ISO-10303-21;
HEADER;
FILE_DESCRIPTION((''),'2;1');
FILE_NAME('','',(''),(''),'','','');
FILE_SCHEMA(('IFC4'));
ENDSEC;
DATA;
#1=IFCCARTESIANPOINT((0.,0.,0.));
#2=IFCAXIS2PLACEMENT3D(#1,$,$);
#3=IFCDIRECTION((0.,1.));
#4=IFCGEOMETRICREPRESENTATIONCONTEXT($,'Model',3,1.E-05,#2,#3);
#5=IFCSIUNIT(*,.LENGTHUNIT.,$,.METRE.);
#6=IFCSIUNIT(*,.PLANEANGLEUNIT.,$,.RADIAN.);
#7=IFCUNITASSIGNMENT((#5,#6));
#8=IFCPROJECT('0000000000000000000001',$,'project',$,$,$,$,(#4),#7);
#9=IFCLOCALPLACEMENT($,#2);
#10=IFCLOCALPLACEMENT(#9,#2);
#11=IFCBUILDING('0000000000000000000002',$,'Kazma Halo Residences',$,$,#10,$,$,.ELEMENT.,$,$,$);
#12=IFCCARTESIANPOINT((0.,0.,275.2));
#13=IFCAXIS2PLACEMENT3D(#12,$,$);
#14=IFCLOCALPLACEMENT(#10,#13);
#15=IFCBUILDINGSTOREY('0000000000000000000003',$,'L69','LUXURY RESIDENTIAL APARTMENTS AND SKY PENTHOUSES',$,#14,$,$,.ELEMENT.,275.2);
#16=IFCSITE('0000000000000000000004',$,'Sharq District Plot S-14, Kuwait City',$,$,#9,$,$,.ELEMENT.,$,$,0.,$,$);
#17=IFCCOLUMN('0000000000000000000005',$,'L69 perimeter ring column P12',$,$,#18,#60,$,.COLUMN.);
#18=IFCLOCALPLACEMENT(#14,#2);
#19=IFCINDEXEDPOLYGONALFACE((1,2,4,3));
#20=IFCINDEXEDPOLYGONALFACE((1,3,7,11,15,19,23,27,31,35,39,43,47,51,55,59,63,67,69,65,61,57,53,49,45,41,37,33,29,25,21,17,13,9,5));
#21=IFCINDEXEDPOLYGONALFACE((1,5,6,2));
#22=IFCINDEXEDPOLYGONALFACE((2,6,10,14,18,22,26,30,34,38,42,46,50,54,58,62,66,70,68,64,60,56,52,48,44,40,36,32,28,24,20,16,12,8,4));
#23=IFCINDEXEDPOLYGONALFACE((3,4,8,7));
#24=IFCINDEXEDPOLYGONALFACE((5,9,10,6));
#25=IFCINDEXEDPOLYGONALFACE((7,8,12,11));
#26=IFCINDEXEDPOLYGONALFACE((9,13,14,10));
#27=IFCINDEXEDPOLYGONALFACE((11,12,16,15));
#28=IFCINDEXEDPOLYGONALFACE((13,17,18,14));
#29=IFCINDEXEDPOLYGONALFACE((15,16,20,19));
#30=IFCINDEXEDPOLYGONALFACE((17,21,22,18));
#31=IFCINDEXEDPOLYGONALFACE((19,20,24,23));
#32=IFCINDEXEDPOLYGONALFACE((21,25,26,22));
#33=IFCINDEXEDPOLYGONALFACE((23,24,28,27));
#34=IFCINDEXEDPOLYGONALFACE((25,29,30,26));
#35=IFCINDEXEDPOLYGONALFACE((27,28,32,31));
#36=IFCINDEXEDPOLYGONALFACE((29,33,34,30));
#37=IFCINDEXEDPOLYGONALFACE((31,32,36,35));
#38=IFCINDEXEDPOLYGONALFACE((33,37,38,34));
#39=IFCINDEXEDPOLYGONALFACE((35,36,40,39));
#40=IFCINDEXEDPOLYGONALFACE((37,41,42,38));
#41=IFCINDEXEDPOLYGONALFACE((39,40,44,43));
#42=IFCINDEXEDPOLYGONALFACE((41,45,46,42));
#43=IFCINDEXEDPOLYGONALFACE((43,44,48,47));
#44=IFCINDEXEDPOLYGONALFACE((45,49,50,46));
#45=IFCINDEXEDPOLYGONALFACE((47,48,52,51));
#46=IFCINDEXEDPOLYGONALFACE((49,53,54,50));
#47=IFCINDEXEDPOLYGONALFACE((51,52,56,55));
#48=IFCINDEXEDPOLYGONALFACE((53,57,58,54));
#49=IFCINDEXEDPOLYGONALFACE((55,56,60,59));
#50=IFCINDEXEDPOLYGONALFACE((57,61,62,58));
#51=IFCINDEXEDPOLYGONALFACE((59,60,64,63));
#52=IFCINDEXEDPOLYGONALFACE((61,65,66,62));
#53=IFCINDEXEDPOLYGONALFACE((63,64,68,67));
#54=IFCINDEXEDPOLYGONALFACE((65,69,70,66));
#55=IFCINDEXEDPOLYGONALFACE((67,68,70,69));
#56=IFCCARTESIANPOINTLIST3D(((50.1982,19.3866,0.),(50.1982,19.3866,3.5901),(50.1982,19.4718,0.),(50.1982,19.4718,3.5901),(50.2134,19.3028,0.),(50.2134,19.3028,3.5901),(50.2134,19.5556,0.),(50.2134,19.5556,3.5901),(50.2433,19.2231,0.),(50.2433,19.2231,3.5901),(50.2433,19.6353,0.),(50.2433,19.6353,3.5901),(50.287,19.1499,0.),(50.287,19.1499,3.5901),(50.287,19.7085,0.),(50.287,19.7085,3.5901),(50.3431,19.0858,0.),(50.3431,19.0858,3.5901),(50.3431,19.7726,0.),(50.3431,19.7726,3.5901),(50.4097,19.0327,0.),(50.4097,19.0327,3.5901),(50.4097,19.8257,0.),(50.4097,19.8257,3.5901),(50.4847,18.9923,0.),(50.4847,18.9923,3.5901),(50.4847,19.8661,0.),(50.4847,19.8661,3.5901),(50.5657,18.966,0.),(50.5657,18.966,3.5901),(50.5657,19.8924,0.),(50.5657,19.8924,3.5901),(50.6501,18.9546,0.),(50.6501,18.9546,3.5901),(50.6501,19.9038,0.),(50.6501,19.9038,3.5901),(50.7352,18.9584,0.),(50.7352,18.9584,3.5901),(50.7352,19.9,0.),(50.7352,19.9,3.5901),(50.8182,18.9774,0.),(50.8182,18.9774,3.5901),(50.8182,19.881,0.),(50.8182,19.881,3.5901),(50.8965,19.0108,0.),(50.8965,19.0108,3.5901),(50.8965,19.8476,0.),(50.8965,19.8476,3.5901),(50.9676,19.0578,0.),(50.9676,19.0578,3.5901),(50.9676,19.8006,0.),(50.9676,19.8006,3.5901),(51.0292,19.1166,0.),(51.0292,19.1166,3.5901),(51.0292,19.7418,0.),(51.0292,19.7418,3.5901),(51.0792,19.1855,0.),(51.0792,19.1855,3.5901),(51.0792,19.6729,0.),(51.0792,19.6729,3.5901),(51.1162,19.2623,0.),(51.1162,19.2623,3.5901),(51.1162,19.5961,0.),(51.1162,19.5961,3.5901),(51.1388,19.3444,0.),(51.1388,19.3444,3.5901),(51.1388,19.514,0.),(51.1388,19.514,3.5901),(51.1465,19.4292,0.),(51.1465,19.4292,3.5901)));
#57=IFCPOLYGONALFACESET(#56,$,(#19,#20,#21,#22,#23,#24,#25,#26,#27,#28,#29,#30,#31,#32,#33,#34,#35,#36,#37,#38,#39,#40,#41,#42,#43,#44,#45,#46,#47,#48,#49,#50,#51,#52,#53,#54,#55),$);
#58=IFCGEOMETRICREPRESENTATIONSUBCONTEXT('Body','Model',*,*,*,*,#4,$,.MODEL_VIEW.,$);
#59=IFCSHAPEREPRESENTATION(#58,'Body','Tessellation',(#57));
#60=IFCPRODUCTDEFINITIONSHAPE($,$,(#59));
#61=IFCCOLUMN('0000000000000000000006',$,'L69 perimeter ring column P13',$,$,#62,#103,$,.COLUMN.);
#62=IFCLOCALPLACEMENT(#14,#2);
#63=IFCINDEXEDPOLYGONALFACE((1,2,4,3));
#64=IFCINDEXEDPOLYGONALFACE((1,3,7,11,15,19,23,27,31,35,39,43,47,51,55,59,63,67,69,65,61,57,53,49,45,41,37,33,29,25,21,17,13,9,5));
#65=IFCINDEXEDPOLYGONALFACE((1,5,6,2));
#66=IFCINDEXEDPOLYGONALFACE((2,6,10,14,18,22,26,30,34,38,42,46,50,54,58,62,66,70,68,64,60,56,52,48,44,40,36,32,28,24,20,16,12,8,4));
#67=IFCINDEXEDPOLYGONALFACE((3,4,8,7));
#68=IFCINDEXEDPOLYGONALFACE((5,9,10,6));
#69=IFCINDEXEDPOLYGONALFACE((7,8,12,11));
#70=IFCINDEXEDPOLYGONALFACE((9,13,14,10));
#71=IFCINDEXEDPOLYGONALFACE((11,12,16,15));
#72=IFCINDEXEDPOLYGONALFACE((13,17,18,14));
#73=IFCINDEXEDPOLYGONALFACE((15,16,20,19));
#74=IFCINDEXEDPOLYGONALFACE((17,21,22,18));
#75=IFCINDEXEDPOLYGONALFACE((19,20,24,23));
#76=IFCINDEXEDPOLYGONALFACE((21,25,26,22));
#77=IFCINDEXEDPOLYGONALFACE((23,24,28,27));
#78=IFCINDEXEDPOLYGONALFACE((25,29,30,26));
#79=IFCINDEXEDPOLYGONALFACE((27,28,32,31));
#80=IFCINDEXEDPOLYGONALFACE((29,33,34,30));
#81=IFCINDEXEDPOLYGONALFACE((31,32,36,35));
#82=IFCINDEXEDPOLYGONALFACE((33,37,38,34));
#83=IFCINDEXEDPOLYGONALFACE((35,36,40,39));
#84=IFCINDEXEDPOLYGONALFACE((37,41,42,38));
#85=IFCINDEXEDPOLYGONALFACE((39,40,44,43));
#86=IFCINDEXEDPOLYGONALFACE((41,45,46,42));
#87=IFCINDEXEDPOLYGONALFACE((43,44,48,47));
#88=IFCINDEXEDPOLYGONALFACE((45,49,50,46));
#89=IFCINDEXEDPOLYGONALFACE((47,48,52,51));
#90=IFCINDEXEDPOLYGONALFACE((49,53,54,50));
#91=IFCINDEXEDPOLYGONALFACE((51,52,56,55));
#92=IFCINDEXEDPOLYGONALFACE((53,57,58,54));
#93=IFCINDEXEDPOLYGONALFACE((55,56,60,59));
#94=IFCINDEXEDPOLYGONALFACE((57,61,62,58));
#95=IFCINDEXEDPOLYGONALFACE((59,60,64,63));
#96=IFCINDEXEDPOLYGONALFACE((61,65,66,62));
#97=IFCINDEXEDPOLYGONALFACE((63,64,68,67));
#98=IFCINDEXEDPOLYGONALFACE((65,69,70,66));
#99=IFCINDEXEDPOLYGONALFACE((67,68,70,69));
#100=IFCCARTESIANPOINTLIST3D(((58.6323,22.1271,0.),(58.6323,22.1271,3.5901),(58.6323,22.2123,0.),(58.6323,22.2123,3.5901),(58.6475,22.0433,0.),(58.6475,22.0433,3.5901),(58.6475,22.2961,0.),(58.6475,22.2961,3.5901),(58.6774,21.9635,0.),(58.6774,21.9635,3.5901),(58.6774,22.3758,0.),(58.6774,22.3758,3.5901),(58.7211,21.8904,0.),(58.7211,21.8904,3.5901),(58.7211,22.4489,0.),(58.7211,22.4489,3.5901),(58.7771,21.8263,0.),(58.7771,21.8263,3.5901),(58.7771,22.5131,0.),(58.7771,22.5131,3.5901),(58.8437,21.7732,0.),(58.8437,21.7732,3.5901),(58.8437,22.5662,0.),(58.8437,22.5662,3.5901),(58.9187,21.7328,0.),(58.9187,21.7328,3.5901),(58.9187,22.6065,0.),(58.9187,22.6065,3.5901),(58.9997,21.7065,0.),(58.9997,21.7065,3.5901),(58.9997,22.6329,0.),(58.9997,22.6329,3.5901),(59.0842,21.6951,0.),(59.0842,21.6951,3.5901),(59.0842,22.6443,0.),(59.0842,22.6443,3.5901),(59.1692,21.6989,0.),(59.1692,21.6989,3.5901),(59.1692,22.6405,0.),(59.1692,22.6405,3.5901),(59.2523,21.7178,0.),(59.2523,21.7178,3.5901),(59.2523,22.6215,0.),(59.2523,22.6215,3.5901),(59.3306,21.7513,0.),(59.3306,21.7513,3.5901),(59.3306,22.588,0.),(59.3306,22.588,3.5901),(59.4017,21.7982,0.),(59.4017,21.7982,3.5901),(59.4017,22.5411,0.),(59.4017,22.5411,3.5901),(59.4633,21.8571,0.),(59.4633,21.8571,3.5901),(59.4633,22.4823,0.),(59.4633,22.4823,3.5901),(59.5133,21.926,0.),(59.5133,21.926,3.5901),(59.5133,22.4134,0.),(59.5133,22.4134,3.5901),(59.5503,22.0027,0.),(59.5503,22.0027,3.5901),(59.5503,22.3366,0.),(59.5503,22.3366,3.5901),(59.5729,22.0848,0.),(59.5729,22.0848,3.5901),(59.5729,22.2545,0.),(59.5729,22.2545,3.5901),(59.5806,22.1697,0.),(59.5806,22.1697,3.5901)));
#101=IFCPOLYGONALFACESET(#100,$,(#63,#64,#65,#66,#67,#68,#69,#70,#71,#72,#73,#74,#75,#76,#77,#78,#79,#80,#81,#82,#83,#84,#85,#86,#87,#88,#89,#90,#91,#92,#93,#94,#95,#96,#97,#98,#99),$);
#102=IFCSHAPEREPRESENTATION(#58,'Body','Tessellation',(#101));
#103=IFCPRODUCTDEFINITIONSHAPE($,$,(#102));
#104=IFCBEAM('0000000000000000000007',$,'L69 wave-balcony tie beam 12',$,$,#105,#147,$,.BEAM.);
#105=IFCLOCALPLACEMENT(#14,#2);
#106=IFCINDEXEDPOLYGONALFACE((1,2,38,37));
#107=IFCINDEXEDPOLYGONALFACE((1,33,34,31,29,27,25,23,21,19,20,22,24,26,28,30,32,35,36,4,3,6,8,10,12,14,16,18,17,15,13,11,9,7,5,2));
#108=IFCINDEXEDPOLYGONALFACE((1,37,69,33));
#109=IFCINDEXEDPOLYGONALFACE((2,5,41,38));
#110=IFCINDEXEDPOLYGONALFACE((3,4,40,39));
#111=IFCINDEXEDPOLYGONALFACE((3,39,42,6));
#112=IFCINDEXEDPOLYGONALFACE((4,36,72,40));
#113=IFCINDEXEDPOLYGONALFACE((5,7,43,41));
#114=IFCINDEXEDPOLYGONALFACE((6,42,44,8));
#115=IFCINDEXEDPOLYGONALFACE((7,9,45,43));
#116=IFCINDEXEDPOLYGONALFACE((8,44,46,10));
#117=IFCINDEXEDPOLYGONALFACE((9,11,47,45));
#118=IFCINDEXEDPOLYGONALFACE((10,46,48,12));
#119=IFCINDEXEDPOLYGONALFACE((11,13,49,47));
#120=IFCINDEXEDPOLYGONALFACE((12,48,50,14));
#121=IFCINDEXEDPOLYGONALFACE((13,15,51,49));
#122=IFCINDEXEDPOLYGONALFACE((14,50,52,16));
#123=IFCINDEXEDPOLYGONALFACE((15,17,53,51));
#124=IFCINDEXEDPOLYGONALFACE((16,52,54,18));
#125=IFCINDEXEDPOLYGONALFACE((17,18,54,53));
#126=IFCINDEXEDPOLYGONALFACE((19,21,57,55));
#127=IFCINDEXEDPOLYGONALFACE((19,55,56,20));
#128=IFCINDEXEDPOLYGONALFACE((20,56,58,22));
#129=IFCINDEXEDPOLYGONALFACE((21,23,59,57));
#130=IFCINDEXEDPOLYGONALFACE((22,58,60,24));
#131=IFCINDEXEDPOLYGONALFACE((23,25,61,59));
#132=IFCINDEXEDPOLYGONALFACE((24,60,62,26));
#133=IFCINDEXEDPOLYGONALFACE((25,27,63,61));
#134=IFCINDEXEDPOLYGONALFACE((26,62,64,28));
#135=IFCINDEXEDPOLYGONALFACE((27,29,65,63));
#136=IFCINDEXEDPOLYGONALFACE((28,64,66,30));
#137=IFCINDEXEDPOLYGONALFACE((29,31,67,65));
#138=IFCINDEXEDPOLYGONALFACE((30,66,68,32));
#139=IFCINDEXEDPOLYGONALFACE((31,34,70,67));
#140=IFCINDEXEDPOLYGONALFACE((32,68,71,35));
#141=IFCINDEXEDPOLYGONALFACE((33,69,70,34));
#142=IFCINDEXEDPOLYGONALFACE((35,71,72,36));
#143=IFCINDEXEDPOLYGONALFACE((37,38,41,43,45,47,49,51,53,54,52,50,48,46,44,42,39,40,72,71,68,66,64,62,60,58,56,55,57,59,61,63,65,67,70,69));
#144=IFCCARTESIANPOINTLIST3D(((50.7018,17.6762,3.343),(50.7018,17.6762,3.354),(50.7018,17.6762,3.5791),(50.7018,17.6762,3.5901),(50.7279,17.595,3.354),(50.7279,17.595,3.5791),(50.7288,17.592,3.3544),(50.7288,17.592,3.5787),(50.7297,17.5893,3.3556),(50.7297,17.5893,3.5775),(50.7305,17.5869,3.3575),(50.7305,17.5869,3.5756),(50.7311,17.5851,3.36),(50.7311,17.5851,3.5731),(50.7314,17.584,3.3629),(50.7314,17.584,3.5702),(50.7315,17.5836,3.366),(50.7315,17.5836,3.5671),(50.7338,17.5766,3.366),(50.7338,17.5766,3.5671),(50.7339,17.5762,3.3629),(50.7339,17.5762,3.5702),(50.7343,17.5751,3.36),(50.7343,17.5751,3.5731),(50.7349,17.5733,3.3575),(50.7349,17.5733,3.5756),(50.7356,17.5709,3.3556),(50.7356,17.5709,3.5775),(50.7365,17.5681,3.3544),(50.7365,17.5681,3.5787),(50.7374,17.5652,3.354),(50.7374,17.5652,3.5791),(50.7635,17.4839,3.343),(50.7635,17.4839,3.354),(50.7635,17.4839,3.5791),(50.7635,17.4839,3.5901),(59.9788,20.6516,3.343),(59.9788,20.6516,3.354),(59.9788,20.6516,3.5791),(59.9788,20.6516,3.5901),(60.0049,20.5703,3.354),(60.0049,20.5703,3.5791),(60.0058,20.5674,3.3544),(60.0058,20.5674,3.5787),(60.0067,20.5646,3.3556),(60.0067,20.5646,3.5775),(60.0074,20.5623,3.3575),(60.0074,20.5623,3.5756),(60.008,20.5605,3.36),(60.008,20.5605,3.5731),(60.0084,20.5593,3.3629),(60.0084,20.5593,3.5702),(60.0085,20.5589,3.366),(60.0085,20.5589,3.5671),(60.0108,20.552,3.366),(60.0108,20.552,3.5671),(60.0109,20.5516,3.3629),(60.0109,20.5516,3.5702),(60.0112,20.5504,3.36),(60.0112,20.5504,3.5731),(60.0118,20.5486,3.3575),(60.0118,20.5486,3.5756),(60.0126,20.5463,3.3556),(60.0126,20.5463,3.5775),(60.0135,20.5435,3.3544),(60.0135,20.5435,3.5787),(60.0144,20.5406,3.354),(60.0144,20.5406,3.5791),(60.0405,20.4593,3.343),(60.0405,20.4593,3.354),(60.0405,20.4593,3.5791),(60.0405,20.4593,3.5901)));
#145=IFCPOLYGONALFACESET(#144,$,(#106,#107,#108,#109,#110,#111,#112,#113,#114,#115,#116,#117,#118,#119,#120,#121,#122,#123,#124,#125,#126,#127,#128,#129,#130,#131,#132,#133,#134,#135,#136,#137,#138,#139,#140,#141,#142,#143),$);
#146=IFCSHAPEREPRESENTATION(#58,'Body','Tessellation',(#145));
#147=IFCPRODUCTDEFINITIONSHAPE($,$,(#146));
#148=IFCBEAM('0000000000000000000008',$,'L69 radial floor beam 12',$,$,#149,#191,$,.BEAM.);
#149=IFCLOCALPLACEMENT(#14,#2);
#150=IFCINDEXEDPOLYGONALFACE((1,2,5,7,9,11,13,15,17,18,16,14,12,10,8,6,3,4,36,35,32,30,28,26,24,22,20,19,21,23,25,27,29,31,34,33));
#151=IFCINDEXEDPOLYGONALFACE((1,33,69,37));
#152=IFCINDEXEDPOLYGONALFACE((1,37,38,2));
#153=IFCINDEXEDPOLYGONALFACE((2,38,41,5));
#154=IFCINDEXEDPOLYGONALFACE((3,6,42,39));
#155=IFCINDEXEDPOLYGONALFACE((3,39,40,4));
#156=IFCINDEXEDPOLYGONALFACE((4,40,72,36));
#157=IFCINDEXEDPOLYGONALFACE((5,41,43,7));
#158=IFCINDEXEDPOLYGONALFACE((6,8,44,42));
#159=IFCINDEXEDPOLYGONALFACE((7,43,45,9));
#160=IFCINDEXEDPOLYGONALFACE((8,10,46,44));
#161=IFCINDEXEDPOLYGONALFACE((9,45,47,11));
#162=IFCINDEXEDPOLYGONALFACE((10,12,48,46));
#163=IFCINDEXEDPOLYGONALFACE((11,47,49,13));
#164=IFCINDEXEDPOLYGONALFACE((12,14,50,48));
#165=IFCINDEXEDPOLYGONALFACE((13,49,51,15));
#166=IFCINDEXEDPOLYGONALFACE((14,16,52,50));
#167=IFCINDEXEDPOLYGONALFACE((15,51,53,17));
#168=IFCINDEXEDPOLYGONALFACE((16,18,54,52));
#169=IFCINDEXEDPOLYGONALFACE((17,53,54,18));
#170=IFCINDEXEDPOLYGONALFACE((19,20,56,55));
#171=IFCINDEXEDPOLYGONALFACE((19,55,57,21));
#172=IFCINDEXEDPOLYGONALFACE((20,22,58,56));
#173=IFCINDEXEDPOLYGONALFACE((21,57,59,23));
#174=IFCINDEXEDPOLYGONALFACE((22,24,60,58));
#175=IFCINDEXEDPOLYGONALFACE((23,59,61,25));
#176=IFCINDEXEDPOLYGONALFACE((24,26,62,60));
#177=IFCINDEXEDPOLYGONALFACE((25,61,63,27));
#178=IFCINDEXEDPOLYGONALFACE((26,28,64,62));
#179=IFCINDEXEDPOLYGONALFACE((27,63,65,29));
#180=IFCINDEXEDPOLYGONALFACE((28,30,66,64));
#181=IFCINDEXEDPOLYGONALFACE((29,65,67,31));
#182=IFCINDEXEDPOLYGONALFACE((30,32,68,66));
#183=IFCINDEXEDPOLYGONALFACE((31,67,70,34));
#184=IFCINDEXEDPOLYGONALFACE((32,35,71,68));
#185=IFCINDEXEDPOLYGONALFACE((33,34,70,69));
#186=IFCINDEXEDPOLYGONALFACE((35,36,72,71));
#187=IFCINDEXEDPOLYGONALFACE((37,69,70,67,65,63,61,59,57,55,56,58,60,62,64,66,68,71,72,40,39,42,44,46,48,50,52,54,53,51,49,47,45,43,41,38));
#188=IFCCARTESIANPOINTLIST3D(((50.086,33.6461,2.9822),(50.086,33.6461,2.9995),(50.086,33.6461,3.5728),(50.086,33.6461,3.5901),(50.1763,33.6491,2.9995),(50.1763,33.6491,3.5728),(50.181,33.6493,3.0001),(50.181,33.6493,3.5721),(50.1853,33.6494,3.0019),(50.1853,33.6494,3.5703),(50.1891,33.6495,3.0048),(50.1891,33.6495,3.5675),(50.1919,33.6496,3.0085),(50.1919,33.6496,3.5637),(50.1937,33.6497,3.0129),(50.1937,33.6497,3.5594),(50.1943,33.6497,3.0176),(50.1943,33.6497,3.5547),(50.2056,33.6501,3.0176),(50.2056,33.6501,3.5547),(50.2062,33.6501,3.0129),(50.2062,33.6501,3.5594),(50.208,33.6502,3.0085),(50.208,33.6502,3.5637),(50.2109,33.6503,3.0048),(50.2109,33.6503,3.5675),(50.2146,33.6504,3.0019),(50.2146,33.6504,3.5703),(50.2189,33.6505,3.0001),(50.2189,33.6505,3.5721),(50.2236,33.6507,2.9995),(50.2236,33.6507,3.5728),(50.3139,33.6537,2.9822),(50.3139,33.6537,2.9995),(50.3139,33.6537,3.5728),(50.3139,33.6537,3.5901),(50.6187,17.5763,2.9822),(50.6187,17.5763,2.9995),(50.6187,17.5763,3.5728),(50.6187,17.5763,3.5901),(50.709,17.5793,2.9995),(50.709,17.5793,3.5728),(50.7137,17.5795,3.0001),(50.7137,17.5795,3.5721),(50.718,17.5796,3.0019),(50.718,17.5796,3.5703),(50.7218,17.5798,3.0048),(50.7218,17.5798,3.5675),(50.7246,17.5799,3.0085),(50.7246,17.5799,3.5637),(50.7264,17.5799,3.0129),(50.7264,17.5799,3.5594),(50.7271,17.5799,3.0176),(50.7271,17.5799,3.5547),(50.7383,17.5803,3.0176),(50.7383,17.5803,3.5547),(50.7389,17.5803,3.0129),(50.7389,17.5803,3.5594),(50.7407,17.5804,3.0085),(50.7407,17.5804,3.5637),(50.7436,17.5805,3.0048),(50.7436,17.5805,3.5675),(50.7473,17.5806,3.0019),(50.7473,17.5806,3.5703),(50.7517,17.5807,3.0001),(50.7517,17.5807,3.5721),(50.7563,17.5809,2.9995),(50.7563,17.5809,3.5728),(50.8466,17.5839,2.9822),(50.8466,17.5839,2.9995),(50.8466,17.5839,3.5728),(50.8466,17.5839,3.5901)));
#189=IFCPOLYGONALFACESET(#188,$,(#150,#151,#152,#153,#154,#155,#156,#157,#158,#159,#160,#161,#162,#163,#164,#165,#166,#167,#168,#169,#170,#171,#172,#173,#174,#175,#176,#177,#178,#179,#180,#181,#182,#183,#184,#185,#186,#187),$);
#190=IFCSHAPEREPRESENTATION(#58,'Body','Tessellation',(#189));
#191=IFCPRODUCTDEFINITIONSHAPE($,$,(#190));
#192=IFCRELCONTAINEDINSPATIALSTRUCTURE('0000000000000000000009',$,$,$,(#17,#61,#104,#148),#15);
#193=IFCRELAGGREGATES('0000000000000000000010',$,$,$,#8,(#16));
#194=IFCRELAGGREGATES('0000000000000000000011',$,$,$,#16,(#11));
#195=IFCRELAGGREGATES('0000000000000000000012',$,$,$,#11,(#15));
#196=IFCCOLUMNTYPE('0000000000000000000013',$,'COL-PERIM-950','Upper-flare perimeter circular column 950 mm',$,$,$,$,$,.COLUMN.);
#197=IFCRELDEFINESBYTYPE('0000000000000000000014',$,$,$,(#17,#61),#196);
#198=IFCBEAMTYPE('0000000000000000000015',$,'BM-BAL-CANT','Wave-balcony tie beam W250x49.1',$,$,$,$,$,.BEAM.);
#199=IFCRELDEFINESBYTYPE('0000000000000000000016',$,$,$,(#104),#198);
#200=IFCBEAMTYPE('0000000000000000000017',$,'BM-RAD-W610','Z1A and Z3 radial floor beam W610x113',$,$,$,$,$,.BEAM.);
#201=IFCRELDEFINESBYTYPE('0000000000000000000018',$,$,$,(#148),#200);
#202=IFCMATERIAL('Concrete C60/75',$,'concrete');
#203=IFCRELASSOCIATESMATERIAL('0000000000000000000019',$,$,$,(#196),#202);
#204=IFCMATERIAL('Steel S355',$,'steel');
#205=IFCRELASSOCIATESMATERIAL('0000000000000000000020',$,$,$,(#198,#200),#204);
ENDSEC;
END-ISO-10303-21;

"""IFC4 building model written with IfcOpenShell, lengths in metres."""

from ifc_helpers import new_model, si_unit, direction, frame, origin, origin_2d, place, context, subcontext, project, spatial, circle, i_section, extrude, material, material_profile, profile_set, type_object, element, save


model = new_model("IFC4")

# Units and contexts
model_context = context("Model", 3, precision=1e-05, world=origin(), true_north=direction((0.0, 1.0)))
body_context = subcontext(model_context, "Body", "Model", "MODEL_VIEW")
ifc_project = project(units=[si_unit("LENGTHUNIT", "METRE"), si_unit("PLANEANGLEUNIT", "RADIAN")], contexts=[model_context])

# Site, building, storey
site_placement = place(None, origin())
site = spatial("IfcSite", under=ifc_project, at=site_placement, Name="Sharq District Plot S-14, Kuwait City", CompositionType="ELEMENT", RefElevation=0.0)
building_placement = place(site_placement, origin())
building = spatial("IfcBuilding", under=site, at=building_placement, Name="Kazma Halo Residences", CompositionType="ELEMENT")
storey_placement = place(building_placement, frame((0.0, 0.0, 275.2)))
storey = spatial("IfcBuildingStorey", under=building, at=storey_placement, Name="L69", Description="LUXURY RESIDENTIAL APARTMENTS AND SKY PENTHOUSES", CompositionType="ELEMENT", Elevation=275.2)

# Columns
ifc_material_1 = material(Name="Concrete C60/75", Category="concrete")
ifc_material_profile_1 = material_profile(ifc_material_1, circle(Radius=0.4751, at=origin_2d()), Name="CIRC950")
ifc_profile_set_1 = profile_set([ifc_material_profile_1], Name="Concrete C60/75")
column_type = type_object("IfcColumnType", Name="COL-PERIM-950", Description="Upper-flare perimeter circular column 950 mm", PredefinedType="COLUMN", material=ifc_profile_set_1)
for number, where, z_axis, x_axis, name in (
    (1, (50.6714, 19.4292, 0.0), (0.0, 0.0, 1.0), (1.0, 0.0, 0.0), "L69 perimeter ring column P12"),
    (2, (59.1055, 22.1697, 0.0), (0.0, 0.0, 1.0), (1.0, 0.0, 0.0), "L69 perimeter ring column P13"),
):
    element("IfcColumn", number, at=place(storey_placement, frame(where, z_axis=z_axis, x_axis=x_axis)), inside=storey, type_object=column_type, Name=name, PredefinedType="COLUMN", context=body_context, shape_type="SweptSolid", body=[
        extrude(circle(Radius=0.4751, at=origin_2d()), origin(), (0.0, 0.0, 1.0), 3.5901),
    ])

# Beams
ifc_material_2 = material(Name="Steel S355", Category="steel")
ifc_material_profile_2 = material_profile(ifc_material_2, i_section(OverallWidth=0.2019, OverallDepth=0.2471, WebThickness=0.0073, FlangeThickness=0.011, FilletRadius=0.012, at=origin_2d()), Name="W250x49.1")
ifc_profile_set_2 = profile_set([ifc_material_profile_2], Name="Steel S355")
beam_type_1 = type_object("IfcBeamType", Name="BM-BAL-CANT", Description="Wave-balcony tie beam W250x49.1", PredefinedType="BEAM", material=ifc_profile_set_2)
beam_1_placement = place(storey_placement, frame((50.7327, 17.5801, 3.4666), z_axis=(0.952223, 0.305404, 0.0), x_axis=(-0.305404, 0.952223, 0.0)))
element("IfcBeam", 3, at=beam_1_placement, inside=storey, type_object=beam_type_1, Name="L69 wave-balcony tie beam 12", PredefinedType="BEAM", context=body_context, shape_type="SweptSolid", body=[
    extrude(i_section(OverallWidth=0.2019, OverallDepth=0.2471, WebThickness=0.0073, FlangeThickness=0.011, FilletRadius=0.012, at=origin_2d()), origin(), (0.0, 0.0, 1.0), 9.7424),
])
ifc_material_profile_3 = material_profile(ifc_material_2, i_section(OverallWidth=0.228, OverallDepth=0.6079, WebThickness=0.0112, FlangeThickness=0.0173, FilletRadius=0.0181, at=origin_2d()), Name="W610x113")
ifc_profile_set_3 = profile_set([ifc_material_profile_3], Name="Steel S355")
beam_type_2 = type_object("IfcBeamType", Name="BM-RAD-W610", Description="Z1A and Z3 radial floor beam W610x113", PredefinedType="BEAM", material=ifc_profile_set_3)
beam_2_placement = place(storey_placement, frame((50.2, 33.6499, 3.2861), z_axis=(0.033132, -0.999451, 0.0), x_axis=(0.999451, 0.033132, 0.0)))
element("IfcBeam", 4, at=beam_2_placement, inside=storey, type_object=beam_type_2, Name="L69 radial floor beam 12", PredefinedType="BEAM", context=body_context, shape_type="SweptSolid", body=[
    extrude(i_section(OverallWidth=0.228, OverallDepth=0.6079, WebThickness=0.0112, FlangeThickness=0.0173, FilletRadius=0.0181, at=origin_2d()), origin(), (0.0, 0.0, 1.0), 16.0786),
])

save(model, "model.ifc")
